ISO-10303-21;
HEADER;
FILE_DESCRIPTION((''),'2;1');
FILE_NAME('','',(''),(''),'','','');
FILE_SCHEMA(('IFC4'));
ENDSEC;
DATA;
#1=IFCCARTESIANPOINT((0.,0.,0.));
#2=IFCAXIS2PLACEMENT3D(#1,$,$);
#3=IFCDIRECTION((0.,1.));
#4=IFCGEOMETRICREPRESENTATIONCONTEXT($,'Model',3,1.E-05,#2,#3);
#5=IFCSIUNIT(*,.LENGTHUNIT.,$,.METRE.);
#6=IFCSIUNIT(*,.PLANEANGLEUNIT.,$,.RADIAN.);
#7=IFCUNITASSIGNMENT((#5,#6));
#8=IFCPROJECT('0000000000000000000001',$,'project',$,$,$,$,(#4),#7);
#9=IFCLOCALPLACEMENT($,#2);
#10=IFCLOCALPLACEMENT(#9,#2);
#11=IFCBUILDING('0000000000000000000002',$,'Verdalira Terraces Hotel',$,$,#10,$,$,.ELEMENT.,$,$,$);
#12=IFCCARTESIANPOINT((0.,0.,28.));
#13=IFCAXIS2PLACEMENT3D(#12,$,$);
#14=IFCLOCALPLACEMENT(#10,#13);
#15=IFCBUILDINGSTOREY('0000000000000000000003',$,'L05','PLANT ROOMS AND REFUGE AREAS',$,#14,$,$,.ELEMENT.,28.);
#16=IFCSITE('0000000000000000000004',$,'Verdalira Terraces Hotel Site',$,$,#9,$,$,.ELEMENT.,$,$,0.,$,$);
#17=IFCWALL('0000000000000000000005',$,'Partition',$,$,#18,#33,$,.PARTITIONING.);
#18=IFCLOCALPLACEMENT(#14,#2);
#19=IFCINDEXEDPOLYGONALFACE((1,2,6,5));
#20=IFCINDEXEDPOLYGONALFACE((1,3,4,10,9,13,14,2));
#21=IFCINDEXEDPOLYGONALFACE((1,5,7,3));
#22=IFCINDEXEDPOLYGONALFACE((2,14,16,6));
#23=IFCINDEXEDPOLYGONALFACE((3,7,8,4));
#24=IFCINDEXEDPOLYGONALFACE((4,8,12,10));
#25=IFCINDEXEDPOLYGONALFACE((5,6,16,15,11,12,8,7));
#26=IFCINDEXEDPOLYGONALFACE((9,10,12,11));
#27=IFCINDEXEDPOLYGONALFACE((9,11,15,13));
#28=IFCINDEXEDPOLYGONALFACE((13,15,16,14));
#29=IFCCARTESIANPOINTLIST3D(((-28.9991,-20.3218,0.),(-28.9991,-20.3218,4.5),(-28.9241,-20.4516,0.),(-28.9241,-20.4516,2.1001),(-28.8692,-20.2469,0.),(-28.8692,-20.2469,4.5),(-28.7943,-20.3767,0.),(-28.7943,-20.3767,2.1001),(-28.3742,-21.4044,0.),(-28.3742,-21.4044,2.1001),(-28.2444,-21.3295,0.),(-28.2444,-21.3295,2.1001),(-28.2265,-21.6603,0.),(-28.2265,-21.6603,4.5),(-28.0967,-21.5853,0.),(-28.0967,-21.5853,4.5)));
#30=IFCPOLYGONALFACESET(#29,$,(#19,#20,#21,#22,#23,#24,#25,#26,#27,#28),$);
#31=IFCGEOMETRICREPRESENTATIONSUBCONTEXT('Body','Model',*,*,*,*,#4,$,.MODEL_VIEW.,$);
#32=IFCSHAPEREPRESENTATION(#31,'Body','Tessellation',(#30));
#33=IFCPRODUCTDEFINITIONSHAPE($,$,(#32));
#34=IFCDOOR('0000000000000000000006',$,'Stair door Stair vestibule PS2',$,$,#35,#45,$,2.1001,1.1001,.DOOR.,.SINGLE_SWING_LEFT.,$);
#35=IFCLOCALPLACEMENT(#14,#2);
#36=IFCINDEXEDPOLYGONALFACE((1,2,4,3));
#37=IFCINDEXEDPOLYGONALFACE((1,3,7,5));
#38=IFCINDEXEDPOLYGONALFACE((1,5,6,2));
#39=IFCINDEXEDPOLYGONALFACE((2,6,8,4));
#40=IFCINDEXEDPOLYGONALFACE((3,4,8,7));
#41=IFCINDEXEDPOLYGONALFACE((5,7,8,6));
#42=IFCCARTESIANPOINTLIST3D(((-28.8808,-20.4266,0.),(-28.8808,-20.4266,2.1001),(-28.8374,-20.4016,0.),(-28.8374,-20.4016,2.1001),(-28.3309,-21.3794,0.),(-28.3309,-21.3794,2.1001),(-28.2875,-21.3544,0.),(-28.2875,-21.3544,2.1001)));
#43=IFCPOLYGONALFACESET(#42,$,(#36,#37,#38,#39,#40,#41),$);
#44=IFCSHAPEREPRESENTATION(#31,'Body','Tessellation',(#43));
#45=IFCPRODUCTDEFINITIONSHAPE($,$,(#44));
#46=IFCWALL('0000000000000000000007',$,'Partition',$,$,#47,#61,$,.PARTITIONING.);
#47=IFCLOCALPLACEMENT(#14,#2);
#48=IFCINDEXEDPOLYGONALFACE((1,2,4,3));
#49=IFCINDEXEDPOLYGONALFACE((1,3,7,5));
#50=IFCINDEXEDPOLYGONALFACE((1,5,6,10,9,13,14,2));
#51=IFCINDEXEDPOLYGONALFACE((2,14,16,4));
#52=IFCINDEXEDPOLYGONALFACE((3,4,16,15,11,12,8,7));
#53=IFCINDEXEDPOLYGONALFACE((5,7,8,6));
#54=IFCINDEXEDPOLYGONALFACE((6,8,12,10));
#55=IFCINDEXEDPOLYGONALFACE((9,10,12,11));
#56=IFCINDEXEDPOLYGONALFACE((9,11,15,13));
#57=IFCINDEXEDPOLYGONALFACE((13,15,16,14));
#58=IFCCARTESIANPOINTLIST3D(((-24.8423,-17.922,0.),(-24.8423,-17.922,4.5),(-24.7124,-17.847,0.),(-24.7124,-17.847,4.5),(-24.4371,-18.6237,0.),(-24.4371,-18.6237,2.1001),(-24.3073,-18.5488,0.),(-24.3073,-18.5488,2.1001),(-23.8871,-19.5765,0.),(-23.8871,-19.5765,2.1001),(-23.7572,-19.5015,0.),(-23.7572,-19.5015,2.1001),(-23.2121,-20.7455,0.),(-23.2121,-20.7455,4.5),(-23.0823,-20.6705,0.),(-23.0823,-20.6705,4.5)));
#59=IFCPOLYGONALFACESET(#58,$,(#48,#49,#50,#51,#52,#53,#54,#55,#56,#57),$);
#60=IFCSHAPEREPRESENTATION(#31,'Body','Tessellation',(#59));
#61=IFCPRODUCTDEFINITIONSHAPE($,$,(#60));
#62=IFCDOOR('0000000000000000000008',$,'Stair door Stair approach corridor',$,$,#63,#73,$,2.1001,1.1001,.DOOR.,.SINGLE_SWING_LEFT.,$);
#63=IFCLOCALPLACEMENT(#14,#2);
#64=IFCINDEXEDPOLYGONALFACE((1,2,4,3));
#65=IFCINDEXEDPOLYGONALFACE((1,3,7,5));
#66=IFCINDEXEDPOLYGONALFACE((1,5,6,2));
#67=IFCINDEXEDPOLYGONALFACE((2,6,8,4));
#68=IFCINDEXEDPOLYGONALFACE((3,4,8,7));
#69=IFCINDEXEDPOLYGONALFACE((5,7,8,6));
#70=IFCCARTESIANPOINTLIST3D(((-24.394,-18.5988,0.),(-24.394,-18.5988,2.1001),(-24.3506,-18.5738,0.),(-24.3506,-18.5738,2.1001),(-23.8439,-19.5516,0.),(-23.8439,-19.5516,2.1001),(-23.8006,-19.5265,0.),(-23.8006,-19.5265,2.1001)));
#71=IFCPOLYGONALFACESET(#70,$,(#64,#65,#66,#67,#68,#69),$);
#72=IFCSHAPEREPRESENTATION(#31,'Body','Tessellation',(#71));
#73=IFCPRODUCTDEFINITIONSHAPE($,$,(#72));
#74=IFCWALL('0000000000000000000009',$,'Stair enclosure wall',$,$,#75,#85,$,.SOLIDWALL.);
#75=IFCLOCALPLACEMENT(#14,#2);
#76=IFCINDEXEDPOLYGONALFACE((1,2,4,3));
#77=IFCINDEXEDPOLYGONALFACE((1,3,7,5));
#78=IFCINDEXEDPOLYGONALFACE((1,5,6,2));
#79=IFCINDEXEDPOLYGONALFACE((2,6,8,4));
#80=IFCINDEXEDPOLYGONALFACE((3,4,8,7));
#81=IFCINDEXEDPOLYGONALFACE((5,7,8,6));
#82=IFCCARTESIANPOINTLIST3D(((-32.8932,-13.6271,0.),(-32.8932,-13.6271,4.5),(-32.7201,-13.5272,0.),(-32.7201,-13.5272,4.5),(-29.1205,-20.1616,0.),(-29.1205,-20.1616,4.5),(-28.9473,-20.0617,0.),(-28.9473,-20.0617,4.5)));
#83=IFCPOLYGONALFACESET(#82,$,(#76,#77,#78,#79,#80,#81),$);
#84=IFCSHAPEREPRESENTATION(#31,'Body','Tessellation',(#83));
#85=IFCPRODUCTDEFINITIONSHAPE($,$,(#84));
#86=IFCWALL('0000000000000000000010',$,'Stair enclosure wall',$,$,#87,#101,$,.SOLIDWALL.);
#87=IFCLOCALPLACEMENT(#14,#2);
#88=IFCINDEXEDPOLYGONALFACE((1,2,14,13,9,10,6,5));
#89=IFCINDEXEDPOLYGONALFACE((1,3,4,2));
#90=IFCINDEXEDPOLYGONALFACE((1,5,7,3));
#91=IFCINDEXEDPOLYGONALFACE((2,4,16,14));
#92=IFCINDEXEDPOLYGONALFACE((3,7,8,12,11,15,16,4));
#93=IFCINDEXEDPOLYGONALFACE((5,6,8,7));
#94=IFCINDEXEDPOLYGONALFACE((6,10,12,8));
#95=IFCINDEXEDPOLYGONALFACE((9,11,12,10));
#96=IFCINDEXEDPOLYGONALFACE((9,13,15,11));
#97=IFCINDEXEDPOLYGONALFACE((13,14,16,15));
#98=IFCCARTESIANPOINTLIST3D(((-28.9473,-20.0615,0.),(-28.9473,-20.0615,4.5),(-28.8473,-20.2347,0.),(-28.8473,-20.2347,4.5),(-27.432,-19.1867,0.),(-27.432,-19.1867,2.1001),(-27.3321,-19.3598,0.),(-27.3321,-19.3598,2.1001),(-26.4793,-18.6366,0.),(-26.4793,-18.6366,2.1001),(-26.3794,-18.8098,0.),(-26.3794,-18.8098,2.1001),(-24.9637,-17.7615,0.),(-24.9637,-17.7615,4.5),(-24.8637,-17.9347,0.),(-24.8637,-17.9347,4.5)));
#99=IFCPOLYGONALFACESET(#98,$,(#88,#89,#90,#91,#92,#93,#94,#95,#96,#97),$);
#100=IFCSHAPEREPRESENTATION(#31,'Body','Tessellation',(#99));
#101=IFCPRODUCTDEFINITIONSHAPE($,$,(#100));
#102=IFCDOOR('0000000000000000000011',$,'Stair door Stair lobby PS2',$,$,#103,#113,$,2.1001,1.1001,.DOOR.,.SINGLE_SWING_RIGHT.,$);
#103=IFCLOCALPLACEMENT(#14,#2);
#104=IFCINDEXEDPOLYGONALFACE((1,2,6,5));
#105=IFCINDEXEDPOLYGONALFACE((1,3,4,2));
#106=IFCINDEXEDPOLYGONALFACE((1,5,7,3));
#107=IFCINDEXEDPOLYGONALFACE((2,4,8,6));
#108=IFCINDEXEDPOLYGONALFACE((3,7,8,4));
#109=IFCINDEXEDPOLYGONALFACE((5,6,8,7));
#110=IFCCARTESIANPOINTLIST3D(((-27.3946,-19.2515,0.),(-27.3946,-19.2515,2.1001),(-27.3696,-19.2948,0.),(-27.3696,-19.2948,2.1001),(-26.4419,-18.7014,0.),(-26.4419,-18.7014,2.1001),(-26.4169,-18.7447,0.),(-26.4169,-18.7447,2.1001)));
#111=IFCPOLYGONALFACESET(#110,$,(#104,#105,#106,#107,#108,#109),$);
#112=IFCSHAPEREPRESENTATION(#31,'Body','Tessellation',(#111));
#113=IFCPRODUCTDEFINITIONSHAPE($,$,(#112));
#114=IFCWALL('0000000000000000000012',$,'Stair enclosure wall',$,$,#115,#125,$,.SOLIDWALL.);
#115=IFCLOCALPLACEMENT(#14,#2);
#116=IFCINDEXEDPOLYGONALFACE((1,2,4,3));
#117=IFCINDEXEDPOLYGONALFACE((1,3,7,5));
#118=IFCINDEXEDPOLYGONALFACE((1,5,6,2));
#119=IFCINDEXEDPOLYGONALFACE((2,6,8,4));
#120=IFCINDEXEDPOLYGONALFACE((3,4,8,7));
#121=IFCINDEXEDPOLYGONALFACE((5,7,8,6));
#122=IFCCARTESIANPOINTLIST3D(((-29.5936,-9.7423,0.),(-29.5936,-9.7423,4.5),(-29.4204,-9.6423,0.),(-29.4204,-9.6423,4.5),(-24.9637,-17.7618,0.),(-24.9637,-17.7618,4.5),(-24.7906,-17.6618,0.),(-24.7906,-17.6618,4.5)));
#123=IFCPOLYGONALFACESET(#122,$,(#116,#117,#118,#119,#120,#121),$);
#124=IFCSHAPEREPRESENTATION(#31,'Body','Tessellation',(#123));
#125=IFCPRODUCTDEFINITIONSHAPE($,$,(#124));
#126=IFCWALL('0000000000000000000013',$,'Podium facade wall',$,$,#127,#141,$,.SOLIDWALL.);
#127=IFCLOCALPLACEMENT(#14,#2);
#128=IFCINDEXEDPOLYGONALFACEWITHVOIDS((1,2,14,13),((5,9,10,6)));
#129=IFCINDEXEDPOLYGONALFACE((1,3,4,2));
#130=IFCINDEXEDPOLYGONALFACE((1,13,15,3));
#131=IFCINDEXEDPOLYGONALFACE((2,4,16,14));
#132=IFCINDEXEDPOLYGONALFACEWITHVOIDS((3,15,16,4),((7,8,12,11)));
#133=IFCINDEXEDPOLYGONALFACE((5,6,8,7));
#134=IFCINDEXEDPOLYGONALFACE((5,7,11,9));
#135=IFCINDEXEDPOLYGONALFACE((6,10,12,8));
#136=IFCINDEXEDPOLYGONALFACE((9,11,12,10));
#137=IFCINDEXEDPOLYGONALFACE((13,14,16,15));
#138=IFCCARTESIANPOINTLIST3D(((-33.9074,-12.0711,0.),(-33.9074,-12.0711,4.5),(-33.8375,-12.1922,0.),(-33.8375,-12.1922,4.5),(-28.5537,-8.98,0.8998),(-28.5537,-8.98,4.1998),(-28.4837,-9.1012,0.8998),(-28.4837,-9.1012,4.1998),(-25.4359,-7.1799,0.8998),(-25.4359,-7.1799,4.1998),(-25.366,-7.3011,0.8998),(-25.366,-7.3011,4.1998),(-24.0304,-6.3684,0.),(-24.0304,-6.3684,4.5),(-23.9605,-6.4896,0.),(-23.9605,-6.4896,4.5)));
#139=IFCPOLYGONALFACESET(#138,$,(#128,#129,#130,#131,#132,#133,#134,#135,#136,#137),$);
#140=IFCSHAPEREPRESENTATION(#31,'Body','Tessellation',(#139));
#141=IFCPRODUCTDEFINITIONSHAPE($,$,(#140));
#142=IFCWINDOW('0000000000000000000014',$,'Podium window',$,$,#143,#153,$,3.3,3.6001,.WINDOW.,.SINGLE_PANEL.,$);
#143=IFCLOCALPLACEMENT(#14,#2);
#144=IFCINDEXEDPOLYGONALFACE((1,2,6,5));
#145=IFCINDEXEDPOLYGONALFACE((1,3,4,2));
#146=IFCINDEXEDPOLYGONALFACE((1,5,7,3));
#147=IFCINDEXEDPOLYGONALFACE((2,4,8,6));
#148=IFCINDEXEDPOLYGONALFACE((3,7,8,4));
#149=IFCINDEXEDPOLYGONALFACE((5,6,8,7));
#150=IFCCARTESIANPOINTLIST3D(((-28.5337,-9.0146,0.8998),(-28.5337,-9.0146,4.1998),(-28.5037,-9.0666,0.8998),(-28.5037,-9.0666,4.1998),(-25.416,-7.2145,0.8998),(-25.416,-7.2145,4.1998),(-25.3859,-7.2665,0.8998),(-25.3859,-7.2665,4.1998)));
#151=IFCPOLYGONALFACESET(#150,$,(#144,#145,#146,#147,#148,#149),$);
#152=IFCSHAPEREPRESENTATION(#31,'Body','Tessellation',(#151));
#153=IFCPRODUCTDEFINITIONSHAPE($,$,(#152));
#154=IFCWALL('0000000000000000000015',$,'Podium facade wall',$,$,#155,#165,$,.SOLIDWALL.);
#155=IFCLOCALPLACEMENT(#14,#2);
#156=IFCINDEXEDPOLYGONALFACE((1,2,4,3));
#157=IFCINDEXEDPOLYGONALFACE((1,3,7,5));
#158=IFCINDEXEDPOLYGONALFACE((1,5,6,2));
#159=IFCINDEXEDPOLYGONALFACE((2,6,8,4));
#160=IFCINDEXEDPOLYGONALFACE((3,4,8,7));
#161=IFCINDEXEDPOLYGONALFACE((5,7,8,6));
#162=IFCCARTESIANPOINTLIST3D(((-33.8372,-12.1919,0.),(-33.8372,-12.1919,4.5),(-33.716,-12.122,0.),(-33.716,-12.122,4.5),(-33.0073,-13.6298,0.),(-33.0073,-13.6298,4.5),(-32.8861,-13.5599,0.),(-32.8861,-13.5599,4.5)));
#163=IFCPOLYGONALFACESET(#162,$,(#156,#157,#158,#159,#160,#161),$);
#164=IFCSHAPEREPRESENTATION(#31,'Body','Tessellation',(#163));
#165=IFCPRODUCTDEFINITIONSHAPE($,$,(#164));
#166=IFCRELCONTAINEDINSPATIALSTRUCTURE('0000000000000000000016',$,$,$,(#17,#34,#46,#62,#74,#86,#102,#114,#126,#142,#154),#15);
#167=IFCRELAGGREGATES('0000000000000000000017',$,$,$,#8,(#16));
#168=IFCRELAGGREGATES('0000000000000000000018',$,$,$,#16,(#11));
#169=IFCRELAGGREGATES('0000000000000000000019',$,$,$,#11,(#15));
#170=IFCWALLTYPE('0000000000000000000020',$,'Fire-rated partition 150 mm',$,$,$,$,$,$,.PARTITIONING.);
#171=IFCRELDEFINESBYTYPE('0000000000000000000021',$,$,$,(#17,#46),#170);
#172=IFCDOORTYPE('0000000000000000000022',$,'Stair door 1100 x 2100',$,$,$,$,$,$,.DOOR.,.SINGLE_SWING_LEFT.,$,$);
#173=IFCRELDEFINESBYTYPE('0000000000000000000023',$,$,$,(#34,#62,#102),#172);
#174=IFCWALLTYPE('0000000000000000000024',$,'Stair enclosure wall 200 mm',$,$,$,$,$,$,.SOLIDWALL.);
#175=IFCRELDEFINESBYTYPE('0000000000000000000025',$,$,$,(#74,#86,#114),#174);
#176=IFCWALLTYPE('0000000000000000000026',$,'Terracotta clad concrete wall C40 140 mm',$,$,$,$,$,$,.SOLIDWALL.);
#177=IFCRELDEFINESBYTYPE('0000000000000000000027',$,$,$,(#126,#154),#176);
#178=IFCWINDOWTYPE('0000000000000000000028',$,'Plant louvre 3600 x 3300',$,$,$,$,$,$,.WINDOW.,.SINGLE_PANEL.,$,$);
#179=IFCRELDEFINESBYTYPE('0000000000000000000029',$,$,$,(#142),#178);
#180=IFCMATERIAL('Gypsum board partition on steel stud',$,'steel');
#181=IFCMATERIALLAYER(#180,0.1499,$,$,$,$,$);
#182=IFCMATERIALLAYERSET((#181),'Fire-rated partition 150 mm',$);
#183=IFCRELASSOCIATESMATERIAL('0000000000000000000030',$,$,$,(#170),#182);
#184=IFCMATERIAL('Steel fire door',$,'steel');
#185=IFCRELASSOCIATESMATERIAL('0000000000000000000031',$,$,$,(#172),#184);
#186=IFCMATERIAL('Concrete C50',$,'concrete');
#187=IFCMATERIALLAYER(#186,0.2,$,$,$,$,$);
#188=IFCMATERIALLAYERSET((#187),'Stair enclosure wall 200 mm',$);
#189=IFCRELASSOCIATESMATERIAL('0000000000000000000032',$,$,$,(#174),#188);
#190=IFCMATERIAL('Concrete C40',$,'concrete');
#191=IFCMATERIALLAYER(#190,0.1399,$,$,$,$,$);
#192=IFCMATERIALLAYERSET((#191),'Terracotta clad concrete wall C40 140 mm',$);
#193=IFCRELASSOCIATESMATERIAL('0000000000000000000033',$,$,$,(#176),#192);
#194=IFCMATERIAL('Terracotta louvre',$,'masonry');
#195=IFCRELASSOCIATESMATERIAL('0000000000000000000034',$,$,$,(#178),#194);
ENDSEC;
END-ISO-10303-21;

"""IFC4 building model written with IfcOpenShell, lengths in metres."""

from ifc_helpers import new_model, si_unit, direction, frame, frame_2d, origin, place, context, subcontext, project, spatial, rectangle, extrude, material, layer, layer_set, type_object, element, fill, save


model = new_model("IFC4")

# Units and contexts
model_context = context("Model", 3, precision=1e-05, world=origin(), true_north=direction((0.0, 1.0)))
body_context = subcontext(model_context, "Body", "Model", "MODEL_VIEW")
ifc_project = project(units=[si_unit("LENGTHUNIT", "METRE"), si_unit("PLANEANGLEUNIT", "RADIAN")], contexts=[model_context])

# Site, building, storey
site_placement = place(None, origin())
site = spatial("IfcSite", under=ifc_project, at=site_placement, Name="Verdalira Terraces Hotel Site", CompositionType="ELEMENT", RefElevation=0.0)
building_placement = place(site_placement, origin())
building = spatial("IfcBuilding", under=site, at=building_placement, Name="Verdalira Terraces Hotel", CompositionType="ELEMENT")
storey_placement = place(building_placement, frame((0.0, 0.0, 28.0)))
storey = spatial("IfcBuildingStorey", under=building, at=storey_placement, Name="L05", Description="PLANT ROOMS AND REFUGE AREAS", CompositionType="ELEMENT", Elevation=28.0)

# Walls, openings, doors
ifc_material_1 = material(Name="Gypsum board partition on steel stud", Category="steel")
ifc_layer_1 = layer(ifc_material_1, 0.1499)
ifc_layer_set_1 = layer_set([ifc_layer_1], Name="Fire-rated partition 150 mm")
wall_type_1 = type_object("IfcWallType", Name="Fire-rated partition 150 mm", PredefinedType="PARTITIONING", material=ifc_layer_set_1)
wall_1_placement = place(storey_placement, frame((-28.1616, -21.6228, 0.0), z_axis=(0.0, 0.0, 1.0), x_axis=(-0.499877, 0.866096, 0.0)))
wall_1 = element("IfcWall", 1, at=wall_1_placement, inside=storey, type_object=wall_type_1, Name="Partition", PredefinedType="PARTITIONING", context=body_context, shape_type="SweptSolid", body=[
    extrude(rectangle(XDim=1.5454, YDim=0.1499, at=frame_2d((0.7727, 0.0))), origin(), (0.0, 0.0, 1.0), 4.5),
])
opening_1_placement = place(wall_1_placement, frame((0.2954, 0.0, 0.0)))
opening_1 = element("IfcOpeningElement", 2, at=opening_1_placement, cuts=wall_1, PredefinedType="OPENING", context=body_context, shape_type="SweptSolid", body=[
    extrude(rectangle(XDim=1.1001, YDim=2.1001, at=frame_2d((0.55, 1.05))), frame((0.0, 0.085, 0.0), z_axis=(0.0, -1.0, 0.0), x_axis=(1.0, 0.0, 0.0)), (0.0, 0.0, 1.0), 0.1699),
])
ifc_material_2 = material(Name="Steel fire door", Category="steel")
door_type_1 = type_object("IfcDoorType", Name="Stair door 1100 x 2100", OperationType="SINGLE_SWING_LEFT", PredefinedType="DOOR", material=ifc_material_2)
door_1_placement = place(opening_1_placement, origin())
door_1 = element("IfcDoor", 3, at=door_1_placement, inside=storey, type_object=door_type_1, Name="Stair door Stair vestibule PS2", OperationType="SINGLE_SWING_LEFT", OverallHeight=2.1001, OverallWidth=1.1001, PredefinedType="DOOR", context=body_context, shape_type="SweptSolid", body=[
    extrude(rectangle(XDim=1.1001, YDim=2.1001, at=frame_2d((0.55, 1.05))), frame((0.0, 0.0249, 0.0), z_axis=(0.0, -1.0, 0.0), x_axis=(1.0, 0.0, 0.0)), (0.0, 0.0, 1.0), 0.05),
])
fill(opening_1, door_1)
wall_2_placement = place(storey_placement, frame((-24.7773, -17.8845, 0.0), z_axis=(0.0, 0.0, 1.0), x_axis=(0.499997, -0.866027, 0.0)))
wall_2 = element("IfcWall", 4, at=wall_2_placement, inside=storey, type_object=wall_type_1, Name="Partition", PredefinedType="PARTITIONING", context=body_context, shape_type="SweptSolid", body=[
    extrude(rectangle(XDim=3.2603, YDim=0.1499, at=frame_2d((1.6301, 0.0))), origin(), (0.0, 0.0, 1.0), 4.5),
])
opening_2_placement = place(wall_2_placement, frame((0.8103, 0.0, 0.0)))
opening_2 = element("IfcOpeningElement", 5, at=opening_2_placement, cuts=wall_2, PredefinedType="OPENING", context=body_context, shape_type="SweptSolid", body=[
    extrude(rectangle(XDim=1.1001, YDim=2.1001, at=frame_2d((0.55, 1.05))), frame((0.0, 0.085, 0.0), z_axis=(0.0, -1.0, 0.0), x_axis=(1.0, 0.0, 0.0)), (0.0, 0.0, 1.0), 0.1699),
])
door_2_placement = place(opening_2_placement, origin())
door_2 = element("IfcDoor", 6, at=door_2_placement, inside=storey, type_object=door_type_1, Name="Stair door Stair approach corridor", OperationType="SINGLE_SWING_LEFT", OverallHeight=2.1001, OverallWidth=1.1001, PredefinedType="DOOR", context=body_context, shape_type="SweptSolid", body=[
    extrude(rectangle(XDim=1.1001, YDim=2.1001, at=frame_2d((0.55, 1.05))), frame((0.0, 0.0249, 0.0), z_axis=(0.0, -1.0, 0.0), x_axis=(1.0, 0.0, 0.0)), (0.0, 0.0, 1.0), 0.05),
])
fill(opening_2, door_2)

# Wall
ifc_material_3 = material(Name="Concrete C50", Category="concrete")
ifc_layer_2 = layer(ifc_material_3, 0.2)
ifc_layer_set_2 = layer_set([ifc_layer_2], Name="Stair enclosure wall 200 mm")
wall_type_2 = type_object("IfcWallType", Name="Stair enclosure wall 200 mm", PredefinedType="SOLIDWALL", material=ifc_layer_set_2)
wall_3_placement = place(storey_placement, frame((-32.8066, -13.5771, 0.0), z_axis=(0.0, 0.0, 1.0), x_axis=(0.500005, -0.866022, 0.0)))
element("IfcWall", 7, at=wall_3_placement, inside=storey, type_object=wall_type_2, Name="Stair enclosure wall", PredefinedType="SOLIDWALL", context=body_context, shape_type="SweptSolid", body=[
    extrude(rectangle(XDim=7.5454, YDim=0.2, at=frame_2d((3.7727, 0.0))), origin(), (0.0, 0.0, 1.0), 4.5),
])

# Wall, opening, door
wall_4_placement = place(storey_placement, frame((-24.9138, -17.8481, 0.0), z_axis=(0.0, 0.0, 1.0), x_axis=(-0.866017, -0.500015, 0.0)))
wall_4 = element("IfcWall", 8, at=wall_4_placement, inside=storey, type_object=wall_type_2, Name="Stair enclosure wall", PredefinedType="SOLIDWALL", context=body_context, shape_type="SweptSolid", body=[
    extrude(rectangle(XDim=4.5999, YDim=0.2, at=frame_2d((2.2998, 0.0))), origin(), (0.0, 0.0, 1.0), 4.5),
])
opening_3_placement = place(wall_4_placement, frame((1.75, 0.0, 0.0)))
opening_3 = element("IfcOpeningElement", 9, at=opening_3_placement, cuts=wall_4, PredefinedType="OPENING", context=body_context, shape_type="SweptSolid", body=[
    extrude(rectangle(XDim=1.1001, YDim=2.1001, at=frame_2d((0.55, 1.05))), frame((0.0, 0.1099, 0.0), z_axis=(0.0, -1.0, 0.0), x_axis=(1.0, 0.0, 0.0)), (0.0, 0.0, 1.0), 0.22),
])
door_3_placement = place(opening_3_placement, origin())
door_3 = element("IfcDoor", 10, at=door_3_placement, inside=storey, type_object=door_type_1, Name="Stair door Stair lobby PS2", OperationType="SINGLE_SWING_RIGHT", OverallHeight=2.1001, OverallWidth=1.1001, PredefinedType="DOOR", context=body_context, shape_type="SweptSolid", body=[
    extrude(rectangle(XDim=1.1001, YDim=2.1001, at=frame_2d((0.55, 1.05))), frame((0.0, 0.0249, 0.0), z_axis=(0.0, -1.0, 0.0), x_axis=(1.0, 0.0, 0.0)), (0.0, 0.0, 1.0), 0.05),
])
fill(opening_3, door_3)

# Wall
wall_5_placement = place(storey_placement, frame((-24.8772, -17.7117, 0.0), z_axis=(0.0, 0.0, 1.0), x_axis=(-0.499984, 0.866035, 0.0)))
element("IfcWall", 11, at=wall_5_placement, inside=storey, type_object=wall_type_2, Name="Stair enclosure wall", PredefinedType="SOLIDWALL", context=body_context, shape_type="SweptSolid", body=[
    extrude(rectangle(XDim=9.26, YDim=0.2, at=frame_2d((4.6299, 0.0))), origin(), (0.0, 0.0, 1.0), 4.5),
])

# Wall, opening, window
ifc_material_4 = material(Name="Concrete C40", Category="concrete")
ifc_layer_3 = layer(ifc_material_4, 0.1399)
ifc_layer_set_3 = layer_set([ifc_layer_3], Name="Terracotta clad concrete wall C40 140 mm")
wall_type_3 = type_object("IfcWallType", Name="Terracotta clad concrete wall C40 140 mm", PredefinedType="SOLIDWALL", material=ifc_layer_set_3)
wall_6_placement = place(storey_placement, frame((-23.9954, -6.429, 0.0), z_axis=(0.0, 0.0, 1.0), x_axis=(-0.866019, -0.500012, 0.0)))
wall_6 = element("IfcWall", 12, at=wall_6_placement, inside=storey, type_object=wall_type_3, Name="Podium facade wall", PredefinedType="SOLIDWALL", context=body_context, shape_type="SweptSolid", body=[
    extrude(rectangle(XDim=11.405, YDim=0.1399, at=frame_2d((5.7026, 0.0))), origin(), (0.0, 0.0, 1.0), 4.5),
])
opening_4_placement = place(wall_6_placement, frame((1.623, 0.0, 0.8999)))
opening_4 = element("IfcOpeningElement", 13, at=opening_4_placement, cuts=wall_6, PredefinedType="OPENING", context=body_context, shape_type="SweptSolid", body=[
    extrude(rectangle(XDim=3.6001, YDim=3.3, at=frame_2d((1.8, 1.6499))), frame((0.0, 0.0798, 0.0), z_axis=(0.0, -1.0, 0.0), x_axis=(1.0, 0.0, 0.0)), (0.0, 0.0, 1.0), 0.1599),
])
ifc_material_5 = material(Name="Terracotta louvre", Category="masonry")
window_type_1 = type_object("IfcWindowType", Name="Plant louvre 3600 x 3300", PartitioningType="SINGLE_PANEL", PredefinedType="WINDOW", material=ifc_material_5)
window_1_placement = place(opening_4_placement, origin())
window_1 = element("IfcWindow", 14, at=window_1_placement, inside=storey, type_object=window_type_1, Name="Podium window", OverallHeight=3.3, OverallWidth=3.6001, PartitioningType="SINGLE_PANEL", PredefinedType="WINDOW", context=body_context, shape_type="SweptSolid", body=[
    extrude(rectangle(XDim=3.6001, YDim=3.3, at=frame_2d((1.8, 1.6499))), frame((0.0, 0.03, 0.0), z_axis=(0.0, -1.0, 0.0), x_axis=(1.0, 0.0, 0.0)), (0.0, 0.0, 1.0), 0.0601),
])
fill(opening_4, window_1)

# Wall
wall_7_placement = place(storey_placement, frame((-33.7766, -12.157, 0.0), z_axis=(0.0, 0.0, 1.0), x_axis=(0.499888, -0.86609, 0.0)))
element("IfcWall", 15, at=wall_7_placement, inside=storey, type_object=wall_type_3, Name="Podium facade wall", PredefinedType="SOLIDWALL", context=body_context, shape_type="SweptSolid", body=[
    extrude(rectangle(XDim=1.6602, YDim=0.1399, at=frame_2d((0.8301, 0.0))), origin(), (0.0, 0.0, 1.0), 4.5),
])

save(model, "model.ifc")
